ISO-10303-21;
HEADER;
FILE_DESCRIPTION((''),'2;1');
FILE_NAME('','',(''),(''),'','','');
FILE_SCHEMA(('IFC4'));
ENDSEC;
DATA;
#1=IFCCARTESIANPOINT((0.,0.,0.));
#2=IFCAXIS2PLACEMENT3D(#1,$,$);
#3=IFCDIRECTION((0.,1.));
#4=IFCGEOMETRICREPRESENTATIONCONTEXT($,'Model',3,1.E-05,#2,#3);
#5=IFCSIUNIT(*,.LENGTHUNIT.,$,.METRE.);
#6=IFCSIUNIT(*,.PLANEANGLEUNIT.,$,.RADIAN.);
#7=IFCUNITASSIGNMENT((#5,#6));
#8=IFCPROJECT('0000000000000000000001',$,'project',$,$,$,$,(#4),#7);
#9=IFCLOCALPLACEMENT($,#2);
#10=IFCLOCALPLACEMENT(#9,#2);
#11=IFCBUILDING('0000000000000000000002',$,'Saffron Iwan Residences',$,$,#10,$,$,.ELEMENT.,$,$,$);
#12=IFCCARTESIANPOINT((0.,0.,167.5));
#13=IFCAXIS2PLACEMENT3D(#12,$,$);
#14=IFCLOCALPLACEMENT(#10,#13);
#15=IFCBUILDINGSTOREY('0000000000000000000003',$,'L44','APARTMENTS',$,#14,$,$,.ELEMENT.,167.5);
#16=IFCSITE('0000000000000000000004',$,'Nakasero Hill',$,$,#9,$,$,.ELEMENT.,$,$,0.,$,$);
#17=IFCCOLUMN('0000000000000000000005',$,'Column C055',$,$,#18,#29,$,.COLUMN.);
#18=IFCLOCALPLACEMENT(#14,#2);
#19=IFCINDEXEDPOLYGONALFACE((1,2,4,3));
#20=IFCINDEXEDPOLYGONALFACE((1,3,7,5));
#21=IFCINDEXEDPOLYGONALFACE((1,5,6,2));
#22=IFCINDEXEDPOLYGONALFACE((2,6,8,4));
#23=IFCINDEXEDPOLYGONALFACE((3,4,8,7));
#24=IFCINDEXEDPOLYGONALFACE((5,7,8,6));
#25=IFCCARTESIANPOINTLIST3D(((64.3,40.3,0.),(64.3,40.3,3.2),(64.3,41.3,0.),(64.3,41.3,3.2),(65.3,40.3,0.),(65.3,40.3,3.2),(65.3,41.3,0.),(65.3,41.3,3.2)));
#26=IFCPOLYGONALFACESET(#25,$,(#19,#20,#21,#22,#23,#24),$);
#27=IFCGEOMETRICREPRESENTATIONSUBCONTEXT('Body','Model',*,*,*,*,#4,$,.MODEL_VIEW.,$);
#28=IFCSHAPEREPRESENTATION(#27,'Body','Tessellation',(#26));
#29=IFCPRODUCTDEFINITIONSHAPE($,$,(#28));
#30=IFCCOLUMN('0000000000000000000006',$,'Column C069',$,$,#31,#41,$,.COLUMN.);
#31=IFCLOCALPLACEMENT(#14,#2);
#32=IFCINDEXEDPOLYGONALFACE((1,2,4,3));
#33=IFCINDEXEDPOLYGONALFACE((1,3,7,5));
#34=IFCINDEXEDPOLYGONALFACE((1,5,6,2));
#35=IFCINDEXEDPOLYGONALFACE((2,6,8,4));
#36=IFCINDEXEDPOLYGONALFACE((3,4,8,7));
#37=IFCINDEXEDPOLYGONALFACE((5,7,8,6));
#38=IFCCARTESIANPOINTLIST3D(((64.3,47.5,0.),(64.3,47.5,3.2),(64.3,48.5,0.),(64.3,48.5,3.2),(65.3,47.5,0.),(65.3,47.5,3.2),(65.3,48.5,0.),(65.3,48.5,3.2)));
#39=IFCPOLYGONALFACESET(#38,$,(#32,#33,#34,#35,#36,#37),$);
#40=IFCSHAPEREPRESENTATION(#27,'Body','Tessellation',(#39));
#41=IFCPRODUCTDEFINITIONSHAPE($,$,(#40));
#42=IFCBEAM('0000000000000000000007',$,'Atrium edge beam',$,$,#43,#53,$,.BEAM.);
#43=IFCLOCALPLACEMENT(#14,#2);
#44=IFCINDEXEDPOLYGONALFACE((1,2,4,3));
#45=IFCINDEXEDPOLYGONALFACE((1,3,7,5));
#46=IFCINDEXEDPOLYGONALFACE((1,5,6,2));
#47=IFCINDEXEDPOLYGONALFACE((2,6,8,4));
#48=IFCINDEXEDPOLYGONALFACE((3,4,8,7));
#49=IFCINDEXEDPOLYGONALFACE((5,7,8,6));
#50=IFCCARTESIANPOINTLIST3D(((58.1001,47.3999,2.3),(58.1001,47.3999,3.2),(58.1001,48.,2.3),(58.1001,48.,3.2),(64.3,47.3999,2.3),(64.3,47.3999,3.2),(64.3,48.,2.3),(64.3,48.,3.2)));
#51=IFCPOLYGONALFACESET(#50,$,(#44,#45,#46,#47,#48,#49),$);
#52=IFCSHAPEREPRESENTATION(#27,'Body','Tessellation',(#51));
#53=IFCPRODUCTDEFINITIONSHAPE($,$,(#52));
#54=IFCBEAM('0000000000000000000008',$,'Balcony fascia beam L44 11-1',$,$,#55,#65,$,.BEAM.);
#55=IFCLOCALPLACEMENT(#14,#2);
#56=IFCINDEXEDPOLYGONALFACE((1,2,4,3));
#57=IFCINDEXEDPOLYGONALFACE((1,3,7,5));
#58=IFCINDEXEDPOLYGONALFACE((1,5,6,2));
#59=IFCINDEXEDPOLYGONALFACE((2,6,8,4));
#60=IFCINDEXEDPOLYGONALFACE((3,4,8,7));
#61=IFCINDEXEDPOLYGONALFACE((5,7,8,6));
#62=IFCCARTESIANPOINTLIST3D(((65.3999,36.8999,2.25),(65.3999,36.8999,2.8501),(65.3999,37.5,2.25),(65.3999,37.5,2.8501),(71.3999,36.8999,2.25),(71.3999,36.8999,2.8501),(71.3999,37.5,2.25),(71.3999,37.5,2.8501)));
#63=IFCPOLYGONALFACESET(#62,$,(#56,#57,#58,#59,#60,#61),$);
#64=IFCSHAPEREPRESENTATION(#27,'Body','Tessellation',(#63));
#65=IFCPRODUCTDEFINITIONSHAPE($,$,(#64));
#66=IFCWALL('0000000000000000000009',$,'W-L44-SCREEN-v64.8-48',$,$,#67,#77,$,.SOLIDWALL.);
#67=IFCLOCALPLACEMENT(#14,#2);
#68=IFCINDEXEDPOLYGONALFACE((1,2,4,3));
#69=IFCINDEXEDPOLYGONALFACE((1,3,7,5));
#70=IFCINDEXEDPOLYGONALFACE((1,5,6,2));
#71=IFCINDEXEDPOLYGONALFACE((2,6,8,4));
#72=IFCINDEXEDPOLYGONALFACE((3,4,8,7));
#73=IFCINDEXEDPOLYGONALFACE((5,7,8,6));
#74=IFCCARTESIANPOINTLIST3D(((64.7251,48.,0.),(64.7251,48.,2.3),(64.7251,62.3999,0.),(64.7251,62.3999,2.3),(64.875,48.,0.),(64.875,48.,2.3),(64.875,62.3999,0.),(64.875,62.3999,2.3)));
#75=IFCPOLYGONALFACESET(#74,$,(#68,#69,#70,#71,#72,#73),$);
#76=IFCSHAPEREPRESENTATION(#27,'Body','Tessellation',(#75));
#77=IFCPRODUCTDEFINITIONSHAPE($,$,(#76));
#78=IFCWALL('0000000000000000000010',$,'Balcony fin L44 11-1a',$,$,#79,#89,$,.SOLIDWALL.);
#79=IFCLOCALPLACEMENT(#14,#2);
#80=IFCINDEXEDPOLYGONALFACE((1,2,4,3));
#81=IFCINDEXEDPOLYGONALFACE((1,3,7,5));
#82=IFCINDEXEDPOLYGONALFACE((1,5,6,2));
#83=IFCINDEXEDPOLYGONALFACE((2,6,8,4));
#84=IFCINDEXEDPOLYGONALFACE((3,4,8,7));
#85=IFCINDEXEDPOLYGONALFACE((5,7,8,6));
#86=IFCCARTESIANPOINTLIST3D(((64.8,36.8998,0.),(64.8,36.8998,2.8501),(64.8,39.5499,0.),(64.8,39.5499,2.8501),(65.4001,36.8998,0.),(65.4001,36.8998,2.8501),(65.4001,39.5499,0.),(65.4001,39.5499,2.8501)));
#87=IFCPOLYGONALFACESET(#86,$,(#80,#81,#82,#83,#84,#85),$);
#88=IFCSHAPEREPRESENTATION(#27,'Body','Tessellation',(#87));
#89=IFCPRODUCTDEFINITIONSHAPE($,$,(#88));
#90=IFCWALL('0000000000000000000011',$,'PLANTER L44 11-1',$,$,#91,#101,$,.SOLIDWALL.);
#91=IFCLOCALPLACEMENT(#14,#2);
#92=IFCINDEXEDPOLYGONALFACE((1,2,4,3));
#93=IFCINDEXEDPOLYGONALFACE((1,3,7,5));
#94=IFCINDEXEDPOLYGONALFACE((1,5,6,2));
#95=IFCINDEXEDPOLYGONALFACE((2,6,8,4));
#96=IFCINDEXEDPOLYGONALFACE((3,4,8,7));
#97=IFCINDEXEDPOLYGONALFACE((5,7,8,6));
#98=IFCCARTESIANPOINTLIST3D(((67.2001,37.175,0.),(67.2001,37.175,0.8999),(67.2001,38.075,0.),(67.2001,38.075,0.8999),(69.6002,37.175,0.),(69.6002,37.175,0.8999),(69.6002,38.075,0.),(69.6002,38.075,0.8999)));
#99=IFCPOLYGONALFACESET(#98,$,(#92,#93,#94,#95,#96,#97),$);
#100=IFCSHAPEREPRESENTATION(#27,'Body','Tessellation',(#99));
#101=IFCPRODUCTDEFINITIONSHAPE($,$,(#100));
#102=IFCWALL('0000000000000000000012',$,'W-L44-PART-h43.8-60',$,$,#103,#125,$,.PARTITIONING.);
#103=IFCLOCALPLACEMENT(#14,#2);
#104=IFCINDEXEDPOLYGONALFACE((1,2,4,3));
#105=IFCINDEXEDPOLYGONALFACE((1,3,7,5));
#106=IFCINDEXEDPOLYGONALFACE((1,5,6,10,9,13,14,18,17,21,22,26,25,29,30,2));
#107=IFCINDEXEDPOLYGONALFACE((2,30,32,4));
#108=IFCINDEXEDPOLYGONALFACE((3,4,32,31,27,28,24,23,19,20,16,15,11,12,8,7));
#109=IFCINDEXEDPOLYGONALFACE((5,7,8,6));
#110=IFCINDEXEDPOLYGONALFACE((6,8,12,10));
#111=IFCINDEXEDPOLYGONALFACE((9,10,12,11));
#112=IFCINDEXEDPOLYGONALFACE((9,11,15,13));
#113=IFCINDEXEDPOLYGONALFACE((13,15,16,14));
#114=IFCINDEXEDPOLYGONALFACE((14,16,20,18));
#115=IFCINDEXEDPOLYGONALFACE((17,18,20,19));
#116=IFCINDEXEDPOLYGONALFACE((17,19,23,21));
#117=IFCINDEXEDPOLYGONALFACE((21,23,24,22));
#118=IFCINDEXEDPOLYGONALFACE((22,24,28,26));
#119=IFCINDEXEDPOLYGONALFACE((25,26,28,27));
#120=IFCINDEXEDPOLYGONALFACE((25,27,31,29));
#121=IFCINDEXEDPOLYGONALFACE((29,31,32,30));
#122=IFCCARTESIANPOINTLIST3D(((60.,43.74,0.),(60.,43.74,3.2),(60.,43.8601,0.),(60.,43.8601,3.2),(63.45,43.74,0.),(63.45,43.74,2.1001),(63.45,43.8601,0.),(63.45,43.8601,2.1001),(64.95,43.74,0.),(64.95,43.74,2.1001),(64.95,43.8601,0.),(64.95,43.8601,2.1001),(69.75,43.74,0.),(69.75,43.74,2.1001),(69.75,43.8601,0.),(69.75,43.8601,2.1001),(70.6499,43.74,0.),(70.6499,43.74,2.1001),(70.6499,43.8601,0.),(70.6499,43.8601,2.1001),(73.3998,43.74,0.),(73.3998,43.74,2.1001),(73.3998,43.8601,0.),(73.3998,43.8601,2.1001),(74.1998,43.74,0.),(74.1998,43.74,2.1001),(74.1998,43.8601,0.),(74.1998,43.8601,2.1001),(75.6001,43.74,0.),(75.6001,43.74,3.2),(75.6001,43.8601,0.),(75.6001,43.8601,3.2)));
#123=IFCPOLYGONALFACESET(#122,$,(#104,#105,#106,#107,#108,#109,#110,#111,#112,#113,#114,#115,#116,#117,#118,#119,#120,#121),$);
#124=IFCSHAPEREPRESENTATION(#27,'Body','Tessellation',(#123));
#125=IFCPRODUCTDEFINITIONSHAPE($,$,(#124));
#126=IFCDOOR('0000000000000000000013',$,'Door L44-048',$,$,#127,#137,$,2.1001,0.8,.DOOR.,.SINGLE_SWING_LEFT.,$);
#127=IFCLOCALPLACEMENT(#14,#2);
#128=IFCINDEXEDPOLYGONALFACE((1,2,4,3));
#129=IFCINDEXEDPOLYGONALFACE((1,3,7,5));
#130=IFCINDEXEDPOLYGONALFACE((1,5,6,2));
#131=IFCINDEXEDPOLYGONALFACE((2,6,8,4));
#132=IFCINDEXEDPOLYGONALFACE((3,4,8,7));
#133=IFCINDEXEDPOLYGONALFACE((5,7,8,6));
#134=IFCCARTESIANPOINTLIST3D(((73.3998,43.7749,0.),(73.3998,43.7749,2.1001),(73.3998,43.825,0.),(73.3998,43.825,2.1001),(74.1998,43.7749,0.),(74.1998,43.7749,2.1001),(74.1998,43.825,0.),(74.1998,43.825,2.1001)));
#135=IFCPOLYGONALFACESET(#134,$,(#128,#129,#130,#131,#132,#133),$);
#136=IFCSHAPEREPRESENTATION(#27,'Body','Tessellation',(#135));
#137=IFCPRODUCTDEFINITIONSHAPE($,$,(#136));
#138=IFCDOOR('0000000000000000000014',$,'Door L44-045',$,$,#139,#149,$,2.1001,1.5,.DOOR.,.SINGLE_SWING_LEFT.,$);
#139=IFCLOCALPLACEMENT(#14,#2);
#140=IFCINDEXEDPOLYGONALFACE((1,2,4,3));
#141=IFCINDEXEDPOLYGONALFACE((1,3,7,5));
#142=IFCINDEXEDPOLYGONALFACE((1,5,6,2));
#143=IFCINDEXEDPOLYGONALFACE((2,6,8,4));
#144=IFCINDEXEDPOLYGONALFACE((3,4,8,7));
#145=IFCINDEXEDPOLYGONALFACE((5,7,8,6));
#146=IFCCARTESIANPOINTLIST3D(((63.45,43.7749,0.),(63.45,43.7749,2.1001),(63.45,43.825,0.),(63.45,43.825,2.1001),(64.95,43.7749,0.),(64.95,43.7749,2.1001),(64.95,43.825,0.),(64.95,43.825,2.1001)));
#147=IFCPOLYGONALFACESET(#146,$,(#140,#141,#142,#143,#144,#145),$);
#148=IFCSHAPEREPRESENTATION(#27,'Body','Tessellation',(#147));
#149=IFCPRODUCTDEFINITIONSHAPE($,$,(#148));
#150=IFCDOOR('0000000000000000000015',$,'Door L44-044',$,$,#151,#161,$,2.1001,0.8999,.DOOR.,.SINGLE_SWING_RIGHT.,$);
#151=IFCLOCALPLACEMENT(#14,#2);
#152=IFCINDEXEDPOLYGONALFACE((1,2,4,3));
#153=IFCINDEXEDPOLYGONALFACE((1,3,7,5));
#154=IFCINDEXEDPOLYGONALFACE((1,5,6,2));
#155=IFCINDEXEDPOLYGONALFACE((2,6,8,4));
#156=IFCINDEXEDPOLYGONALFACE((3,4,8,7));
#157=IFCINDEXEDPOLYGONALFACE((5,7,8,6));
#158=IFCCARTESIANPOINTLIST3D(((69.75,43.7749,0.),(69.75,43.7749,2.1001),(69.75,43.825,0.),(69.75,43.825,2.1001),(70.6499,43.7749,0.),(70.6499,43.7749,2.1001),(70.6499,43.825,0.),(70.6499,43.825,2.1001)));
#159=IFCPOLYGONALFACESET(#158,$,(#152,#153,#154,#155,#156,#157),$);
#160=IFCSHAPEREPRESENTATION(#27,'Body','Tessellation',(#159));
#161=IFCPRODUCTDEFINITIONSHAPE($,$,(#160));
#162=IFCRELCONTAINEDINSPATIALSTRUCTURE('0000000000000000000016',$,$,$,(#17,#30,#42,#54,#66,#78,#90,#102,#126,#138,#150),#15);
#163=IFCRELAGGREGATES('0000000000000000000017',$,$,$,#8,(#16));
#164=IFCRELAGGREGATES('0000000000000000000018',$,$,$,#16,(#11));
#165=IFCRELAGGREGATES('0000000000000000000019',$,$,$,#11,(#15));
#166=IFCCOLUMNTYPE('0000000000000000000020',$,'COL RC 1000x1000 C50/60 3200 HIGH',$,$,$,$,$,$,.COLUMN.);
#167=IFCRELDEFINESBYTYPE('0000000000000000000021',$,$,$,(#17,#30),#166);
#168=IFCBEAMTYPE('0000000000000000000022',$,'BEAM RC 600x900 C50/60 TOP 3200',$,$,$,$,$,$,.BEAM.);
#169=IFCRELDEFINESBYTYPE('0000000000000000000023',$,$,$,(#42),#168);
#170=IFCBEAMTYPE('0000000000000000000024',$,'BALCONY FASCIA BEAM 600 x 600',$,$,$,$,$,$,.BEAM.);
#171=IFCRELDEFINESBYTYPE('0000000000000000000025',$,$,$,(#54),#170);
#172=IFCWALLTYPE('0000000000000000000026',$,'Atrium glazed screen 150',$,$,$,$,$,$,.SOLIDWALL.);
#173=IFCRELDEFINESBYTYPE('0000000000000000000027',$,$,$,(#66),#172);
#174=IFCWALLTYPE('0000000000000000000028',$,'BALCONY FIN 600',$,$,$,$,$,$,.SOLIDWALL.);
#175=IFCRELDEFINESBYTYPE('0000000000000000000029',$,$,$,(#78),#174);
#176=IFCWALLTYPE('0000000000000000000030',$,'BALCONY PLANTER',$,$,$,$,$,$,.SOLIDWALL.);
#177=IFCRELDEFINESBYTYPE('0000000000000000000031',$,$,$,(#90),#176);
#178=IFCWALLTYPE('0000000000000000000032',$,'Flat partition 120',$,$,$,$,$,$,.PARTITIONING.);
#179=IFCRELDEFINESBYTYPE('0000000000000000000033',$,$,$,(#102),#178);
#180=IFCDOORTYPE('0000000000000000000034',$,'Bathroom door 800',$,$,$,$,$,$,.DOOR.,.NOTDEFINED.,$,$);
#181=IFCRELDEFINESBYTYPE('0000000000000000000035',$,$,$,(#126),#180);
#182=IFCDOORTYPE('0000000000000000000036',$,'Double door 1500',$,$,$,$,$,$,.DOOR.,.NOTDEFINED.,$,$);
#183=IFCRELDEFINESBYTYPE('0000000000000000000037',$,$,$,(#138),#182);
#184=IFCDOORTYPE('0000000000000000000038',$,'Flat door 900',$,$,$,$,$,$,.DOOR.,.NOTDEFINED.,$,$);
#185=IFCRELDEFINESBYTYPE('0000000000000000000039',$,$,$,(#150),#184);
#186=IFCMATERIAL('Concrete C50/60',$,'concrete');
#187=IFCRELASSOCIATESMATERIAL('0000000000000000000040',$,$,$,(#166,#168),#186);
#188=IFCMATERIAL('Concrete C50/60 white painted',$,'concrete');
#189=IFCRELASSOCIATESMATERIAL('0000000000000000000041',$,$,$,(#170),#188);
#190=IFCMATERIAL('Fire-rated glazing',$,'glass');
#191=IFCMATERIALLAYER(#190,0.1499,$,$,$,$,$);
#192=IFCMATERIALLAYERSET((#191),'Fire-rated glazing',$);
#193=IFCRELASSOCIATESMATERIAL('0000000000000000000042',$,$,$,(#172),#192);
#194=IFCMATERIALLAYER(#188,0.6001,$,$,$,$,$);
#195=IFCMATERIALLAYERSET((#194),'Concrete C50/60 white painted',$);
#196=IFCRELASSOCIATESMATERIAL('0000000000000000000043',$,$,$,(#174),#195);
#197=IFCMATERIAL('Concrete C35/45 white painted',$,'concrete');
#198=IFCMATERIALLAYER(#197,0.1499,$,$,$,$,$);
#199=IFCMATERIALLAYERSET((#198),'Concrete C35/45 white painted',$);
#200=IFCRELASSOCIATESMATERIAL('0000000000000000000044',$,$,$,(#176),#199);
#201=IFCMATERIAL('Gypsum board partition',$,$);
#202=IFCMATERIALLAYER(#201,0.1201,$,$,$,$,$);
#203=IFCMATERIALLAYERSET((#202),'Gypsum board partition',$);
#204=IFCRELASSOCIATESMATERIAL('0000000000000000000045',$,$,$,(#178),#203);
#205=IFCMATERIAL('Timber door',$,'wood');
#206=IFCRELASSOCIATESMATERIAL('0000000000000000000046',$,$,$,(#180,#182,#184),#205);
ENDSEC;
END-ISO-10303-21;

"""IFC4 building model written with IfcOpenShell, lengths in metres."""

from ifc_helpers import new_model, si_unit, direction, frame, frame_2d, origin, origin_2d, place, context, subcontext, project, spatial, rectangle, extrude, source, transform, mapped, material, layer, layer_set, material_profile, profile_set, type_object, element, fill, save


model = new_model("IFC4")

# Units and contexts
model_context = context("Model", 3, precision=1e-05, world=origin(), true_north=direction((0.0, 1.0)))
body_context = subcontext(model_context, "Body", "Model", "MODEL_VIEW")
ifc_project = project(units=[si_unit("LENGTHUNIT", "METRE"), si_unit("PLANEANGLEUNIT", "RADIAN")], contexts=[model_context])

# Site, building, storey
site_placement = place(None, origin())
site = spatial("IfcSite", under=ifc_project, at=site_placement, Name="Nakasero Hill", CompositionType="ELEMENT", RefElevation=0.0)
building_placement = place(site_placement, origin())
building = spatial("IfcBuilding", under=site, at=building_placement, Name="Saffron Iwan Residences", CompositionType="ELEMENT")
storey_placement = place(building_placement, frame((0.0, 0.0, 167.5)))
storey = spatial("IfcBuildingStorey", under=building, at=storey_placement, Name="L44", Description="APARTMENTS", CompositionType="ELEMENT", Elevation=167.5)

# Columns
ifc_material_1 = material(Name="Concrete C50/60", Category="concrete")
ifc_material_profile_1 = material_profile(ifc_material_1, rectangle(XDim=1.0, YDim=1.0, at=origin_2d()), Name="RC 1000x1000")
ifc_profile_set_1 = profile_set([ifc_material_profile_1], Name="Concrete C50/60")
column_type = type_object("IfcColumnType", Name="COL RC 1000x1000 C50/60 3200 HIGH", PredefinedType="COLUMN", material=ifc_profile_set_1)
shared_shape_1 = source(origin(), body_context, "Body", "SweptSolid", [
    extrude(rectangle(XDim=1.0, YDim=1.0, at=origin_2d()), origin(), (0.0, 0.0, 1.0), 3.2),
])
for number, where, z_axis, x_axis, name in (
    (1, (64.8, 40.8, 0.0), (0.0, 0.0, 1.0), (1.0, 0.0, 0.0), "Column C055"),
    (2, (64.8, 48.0, 0.0), (0.0, 0.0, 1.0), (1.0, 0.0, 0.0), "Column C069"),
):
    element("IfcColumn", number, at=place(storey_placement, frame(where, z_axis=z_axis, x_axis=x_axis)), inside=storey, type_object=column_type, Name=name, PredefinedType="COLUMN", context=body_context, shape_type="MappedRepresentation", body=[
        mapped(shared_shape_1, transform((0.0, 0.0, 0.0))),
    ])

# Beams
ifc_material_profile_2 = material_profile(ifc_material_1, rectangle(XDim=0.6001, YDim=0.8999, at=origin_2d()), Name="RC 600x900")
ifc_profile_set_2 = profile_set([ifc_material_profile_2], Name="Concrete C50/60")
beam_type_1 = type_object("IfcBeamType", Name="BEAM RC 600x900 C50/60 TOP 3200", PredefinedType="BEAM", material=ifc_profile_set_2)
shared_shape_2 = source(origin(), body_context, "Body", "SweptSolid", [
    extrude(rectangle(XDim=0.6001, YDim=0.8999, at=origin_2d()), origin(), (0.0, 0.0, 1.0), 6.2),
])
beam_1_placement = place(storey_placement, frame((64.3, 47.7, 2.75), z_axis=(-1.0, 0.0, 0.0), x_axis=(0.0, -1.0, 0.0)))
element("IfcBeam", 3, at=beam_1_placement, inside=storey, type_object=beam_type_1, Name="Atrium edge beam", PredefinedType="BEAM", context=body_context, shape_type="MappedRepresentation", body=[
    mapped(shared_shape_2, transform((0.0, 0.0, 0.0))),
])
ifc_material_2 = material(Name="Concrete C50/60 white painted", Category="concrete")
ifc_material_profile_3 = material_profile(ifc_material_2, rectangle(XDim=0.6001, YDim=0.6001, at=origin_2d()), Name="BALCONY FASCIA BEAM 600 x 600")
ifc_profile_set_3 = profile_set([ifc_material_profile_3], Name="Concrete C50/60 white painted")
beam_type_2 = type_object("IfcBeamType", Name="BALCONY FASCIA BEAM 600 x 600", PredefinedType="BEAM", material=ifc_profile_set_3)
shared_shape_3 = source(origin(), body_context, "Body", "SweptSolid", [
    extrude(rectangle(XDim=0.6001, YDim=0.6001, at=origin_2d()), origin(), (0.0, 0.0, 1.0), 6.0),
])
beam_2_placement = place(storey_placement, frame((65.3999, 37.2, 2.55), z_axis=(1.0, 0.0, 0.0), x_axis=(0.0, 1.0, 0.0)))
element("IfcBeam", 4, at=beam_2_placement, inside=storey, type_object=beam_type_2, Name="Balcony fascia beam L44 11-1", PredefinedType="BEAM", context=body_context, shape_type="MappedRepresentation", body=[
    mapped(shared_shape_3, transform((0.0, 0.0, 0.0))),
])

# Walls
ifc_material_3 = material(Name="Fire-rated glazing", Category="glass")
ifc_layer_1 = layer(ifc_material_3, 0.1499)
ifc_layer_set_1 = layer_set([ifc_layer_1], Name="Fire-rated glazing")
wall_type_1 = type_object("IfcWallType", Name="Atrium glazed screen 150", PredefinedType="SOLIDWALL", material=ifc_layer_set_1)
wall_1_placement = place(storey_placement, frame((64.8, 48.0, 0.0), z_axis=(0.0, 0.0, 1.0), x_axis=(0.0, 1.0, 0.0)))
element("IfcWall", 5, at=wall_1_placement, inside=storey, type_object=wall_type_1, Name="W-L44-SCREEN-v64.8-48", PredefinedType="SOLIDWALL", context=body_context, shape_type="SweptSolid", body=[
    extrude(rectangle(XDim=14.3999, YDim=0.1499, at=frame_2d((7.2, 0.0))), origin(), (0.0, 0.0, 1.0), 2.3),
])
ifc_layer_2 = layer(ifc_material_2, 0.6001)
ifc_layer_set_2 = layer_set([ifc_layer_2], Name="Concrete C50/60 white painted")
wall_type_2 = type_object("IfcWallType", Name="BALCONY FIN 600", PredefinedType="SOLIDWALL", material=ifc_layer_set_2)
wall_2_placement = place(storey_placement, frame((65.1001, 39.55, 0.0), z_axis=(0.0, 0.0, 1.0), x_axis=(0.0, -1.0, 0.0)))
element("IfcWall", 6, at=wall_2_placement, inside=storey, type_object=wall_type_2, Name="Balcony fin L44 11-1a", PredefinedType="SOLIDWALL", context=body_context, shape_type="SweptSolid", body=[
    extrude(rectangle(XDim=2.6501, YDim=0.6001, at=frame_2d((1.3252, 0.0))), origin(), (0.0, 0.0, 1.0), 2.8501),
])
ifc_material_4 = material(Name="Concrete C35/45 white painted", Category="concrete")
ifc_layer_3 = layer(ifc_material_4, 0.1499)
ifc_layer_set_3 = layer_set([ifc_layer_3], Name="Concrete C35/45 white painted")
wall_type_3 = type_object("IfcWallType", Name="BALCONY PLANTER", PredefinedType="SOLIDWALL", material=ifc_layer_set_3)
wall_3_placement = place(storey_placement, frame((67.2, 37.625, 0.0), z_axis=(0.0, 0.0, 1.0), x_axis=(1.0, 0.0, 0.0)))
element("IfcWall", 7, at=wall_3_placement, inside=storey, type_object=wall_type_3, Name="PLANTER L44 11-1", PredefinedType="SOLIDWALL", context=body_context, shape_type="SweptSolid", body=[
    extrude(rectangle(XDim=2.4001, YDim=0.8999, at=frame_2d((1.2002, 0.0))), origin(), (0.0, 0.0, 1.0), 0.8999),
])

# Wall, openings, doors
ifc_material_5 = material(Name="Gypsum board partition")
ifc_layer_4 = layer(ifc_material_5, 0.1201)
ifc_layer_set_4 = layer_set([ifc_layer_4], Name="Gypsum board partition")
wall_type_4 = type_object("IfcWallType", Name="Flat partition 120", PredefinedType="PARTITIONING", material=ifc_layer_set_4)
wall_4_placement = place(storey_placement, frame((60.0, 43.8, 0.0), z_axis=(0.0, 0.0, 1.0), x_axis=(1.0, 0.0, 0.0)))
wall_4 = element("IfcWall", 8, at=wall_4_placement, inside=storey, type_object=wall_type_4, Name="W-L44-PART-h43.8-60", PredefinedType="PARTITIONING", context=body_context, shape_type="SweptSolid", body=[
    extrude(rectangle(XDim=15.6001, YDim=0.1201, at=frame_2d((7.8, 0.0))), origin(), (0.0, 0.0, 1.0), 3.2),
])
opening_1_placement = place(wall_4_placement, frame((9.75, 0.0, 0.0)))
opening_1 = element("IfcOpeningElement", 9, at=opening_1_placement, cuts=wall_4, PredefinedType="OPENING", context=body_context, shape_type="SweptSolid", body=[
    extrude(rectangle(XDim=0.8999, YDim=2.1001, at=frame_2d((0.45, 1.05))), frame((0.0, 0.0701, 0.0), z_axis=(0.0, -1.0, 0.0), x_axis=(1.0, 0.0, 0.0)), (0.0, 0.0, 1.0), 0.1401),
])
opening_2_placement = place(wall_4_placement, frame((3.45, 0.0, 0.0)))
opening_2 = element("IfcOpeningElement", 10, at=opening_2_placement, cuts=wall_4, PredefinedType="OPENING", context=body_context, shape_type="SweptSolid", body=[
    extrude(rectangle(XDim=1.5, YDim=2.1001, at=frame_2d((0.75, 1.05))), frame((0.0, 0.0701, 0.0), z_axis=(0.0, -1.0, 0.0), x_axis=(1.0, 0.0, 0.0)), (0.0, 0.0, 1.0), 0.1401),
])
opening_3_placement = place(wall_4_placement, frame((13.3999, 0.0, 0.0)))
opening_3 = element("IfcOpeningElement", 11, at=opening_3_placement, cuts=wall_4, PredefinedType="OPENING", context=body_context, shape_type="SweptSolid", body=[
    extrude(rectangle(XDim=0.8, YDim=2.1001, at=frame_2d((0.3999, 1.05))), frame((0.0, 0.0701, 0.0), z_axis=(0.0, -1.0, 0.0), x_axis=(1.0, 0.0, 0.0)), (0.0, 0.0, 1.0), 0.1401),
])
ifc_material_6 = material(Name="Timber door", Category="wood")
door_type_1 = type_object("IfcDoorType", Name="Bathroom door 800", OperationType="NOTDEFINED", PredefinedType="DOOR", material=ifc_material_6)
door_1_placement = place(opening_3_placement, origin())
door_1 = element("IfcDoor", 12, at=door_1_placement, inside=storey, type_object=door_type_1, Name="Door L44-048", OperationType="SINGLE_SWING_LEFT", OverallHeight=2.1001, OverallWidth=0.8, PredefinedType="DOOR", context=body_context, shape_type="SweptSolid", body=[
    extrude(rectangle(XDim=0.8, YDim=2.1001, at=frame_2d((0.3999, 1.05))), frame((0.0, 0.0249, 0.0), z_axis=(0.0, -1.0, 0.0), x_axis=(1.0, 0.0, 0.0)), (0.0, 0.0, 1.0), 0.05),
])
fill(opening_3, door_1)
door_type_2 = type_object("IfcDoorType", Name="Double door 1500", OperationType="NOTDEFINED", PredefinedType="DOOR", material=ifc_material_6)
door_2_placement = place(opening_2_placement, origin())
door_2 = element("IfcDoor", 13, at=door_2_placement, inside=storey, type_object=door_type_2, Name="Door L44-045", OperationType="SINGLE_SWING_LEFT", OverallHeight=2.1001, OverallWidth=1.5, PredefinedType="DOOR", context=body_context, shape_type="SweptSolid", body=[
    extrude(rectangle(XDim=1.5, YDim=2.1001, at=frame_2d((0.75, 1.05))), frame((0.0, 0.0249, 0.0), z_axis=(0.0, -1.0, 0.0), x_axis=(1.0, 0.0, 0.0)), (0.0, 0.0, 1.0), 0.05),
])
fill(opening_2, door_2)
door_type_3 = type_object("IfcDoorType", Name="Flat door 900", OperationType="NOTDEFINED", PredefinedType="DOOR", material=ifc_material_6)
door_3_placement = place(opening_1_placement, origin())
door_3 = element("IfcDoor", 14, at=door_3_placement, inside=storey, type_object=door_type_3, Name="Door L44-044", OperationType="SINGLE_SWING_RIGHT", OverallHeight=2.1001, OverallWidth=0.8999, PredefinedType="DOOR", context=body_context, shape_type="SweptSolid", body=[
    extrude(rectangle(XDim=0.8999, YDim=2.1001, at=frame_2d((0.45, 1.05))), frame((0.0, 0.0249, 0.0), z_axis=(0.0, -1.0, 0.0), x_axis=(1.0, 0.0, 0.0)), (0.0, 0.0, 1.0), 0.05),
])
fill(opening_1, door_3)

save(model, "model.ifc")
